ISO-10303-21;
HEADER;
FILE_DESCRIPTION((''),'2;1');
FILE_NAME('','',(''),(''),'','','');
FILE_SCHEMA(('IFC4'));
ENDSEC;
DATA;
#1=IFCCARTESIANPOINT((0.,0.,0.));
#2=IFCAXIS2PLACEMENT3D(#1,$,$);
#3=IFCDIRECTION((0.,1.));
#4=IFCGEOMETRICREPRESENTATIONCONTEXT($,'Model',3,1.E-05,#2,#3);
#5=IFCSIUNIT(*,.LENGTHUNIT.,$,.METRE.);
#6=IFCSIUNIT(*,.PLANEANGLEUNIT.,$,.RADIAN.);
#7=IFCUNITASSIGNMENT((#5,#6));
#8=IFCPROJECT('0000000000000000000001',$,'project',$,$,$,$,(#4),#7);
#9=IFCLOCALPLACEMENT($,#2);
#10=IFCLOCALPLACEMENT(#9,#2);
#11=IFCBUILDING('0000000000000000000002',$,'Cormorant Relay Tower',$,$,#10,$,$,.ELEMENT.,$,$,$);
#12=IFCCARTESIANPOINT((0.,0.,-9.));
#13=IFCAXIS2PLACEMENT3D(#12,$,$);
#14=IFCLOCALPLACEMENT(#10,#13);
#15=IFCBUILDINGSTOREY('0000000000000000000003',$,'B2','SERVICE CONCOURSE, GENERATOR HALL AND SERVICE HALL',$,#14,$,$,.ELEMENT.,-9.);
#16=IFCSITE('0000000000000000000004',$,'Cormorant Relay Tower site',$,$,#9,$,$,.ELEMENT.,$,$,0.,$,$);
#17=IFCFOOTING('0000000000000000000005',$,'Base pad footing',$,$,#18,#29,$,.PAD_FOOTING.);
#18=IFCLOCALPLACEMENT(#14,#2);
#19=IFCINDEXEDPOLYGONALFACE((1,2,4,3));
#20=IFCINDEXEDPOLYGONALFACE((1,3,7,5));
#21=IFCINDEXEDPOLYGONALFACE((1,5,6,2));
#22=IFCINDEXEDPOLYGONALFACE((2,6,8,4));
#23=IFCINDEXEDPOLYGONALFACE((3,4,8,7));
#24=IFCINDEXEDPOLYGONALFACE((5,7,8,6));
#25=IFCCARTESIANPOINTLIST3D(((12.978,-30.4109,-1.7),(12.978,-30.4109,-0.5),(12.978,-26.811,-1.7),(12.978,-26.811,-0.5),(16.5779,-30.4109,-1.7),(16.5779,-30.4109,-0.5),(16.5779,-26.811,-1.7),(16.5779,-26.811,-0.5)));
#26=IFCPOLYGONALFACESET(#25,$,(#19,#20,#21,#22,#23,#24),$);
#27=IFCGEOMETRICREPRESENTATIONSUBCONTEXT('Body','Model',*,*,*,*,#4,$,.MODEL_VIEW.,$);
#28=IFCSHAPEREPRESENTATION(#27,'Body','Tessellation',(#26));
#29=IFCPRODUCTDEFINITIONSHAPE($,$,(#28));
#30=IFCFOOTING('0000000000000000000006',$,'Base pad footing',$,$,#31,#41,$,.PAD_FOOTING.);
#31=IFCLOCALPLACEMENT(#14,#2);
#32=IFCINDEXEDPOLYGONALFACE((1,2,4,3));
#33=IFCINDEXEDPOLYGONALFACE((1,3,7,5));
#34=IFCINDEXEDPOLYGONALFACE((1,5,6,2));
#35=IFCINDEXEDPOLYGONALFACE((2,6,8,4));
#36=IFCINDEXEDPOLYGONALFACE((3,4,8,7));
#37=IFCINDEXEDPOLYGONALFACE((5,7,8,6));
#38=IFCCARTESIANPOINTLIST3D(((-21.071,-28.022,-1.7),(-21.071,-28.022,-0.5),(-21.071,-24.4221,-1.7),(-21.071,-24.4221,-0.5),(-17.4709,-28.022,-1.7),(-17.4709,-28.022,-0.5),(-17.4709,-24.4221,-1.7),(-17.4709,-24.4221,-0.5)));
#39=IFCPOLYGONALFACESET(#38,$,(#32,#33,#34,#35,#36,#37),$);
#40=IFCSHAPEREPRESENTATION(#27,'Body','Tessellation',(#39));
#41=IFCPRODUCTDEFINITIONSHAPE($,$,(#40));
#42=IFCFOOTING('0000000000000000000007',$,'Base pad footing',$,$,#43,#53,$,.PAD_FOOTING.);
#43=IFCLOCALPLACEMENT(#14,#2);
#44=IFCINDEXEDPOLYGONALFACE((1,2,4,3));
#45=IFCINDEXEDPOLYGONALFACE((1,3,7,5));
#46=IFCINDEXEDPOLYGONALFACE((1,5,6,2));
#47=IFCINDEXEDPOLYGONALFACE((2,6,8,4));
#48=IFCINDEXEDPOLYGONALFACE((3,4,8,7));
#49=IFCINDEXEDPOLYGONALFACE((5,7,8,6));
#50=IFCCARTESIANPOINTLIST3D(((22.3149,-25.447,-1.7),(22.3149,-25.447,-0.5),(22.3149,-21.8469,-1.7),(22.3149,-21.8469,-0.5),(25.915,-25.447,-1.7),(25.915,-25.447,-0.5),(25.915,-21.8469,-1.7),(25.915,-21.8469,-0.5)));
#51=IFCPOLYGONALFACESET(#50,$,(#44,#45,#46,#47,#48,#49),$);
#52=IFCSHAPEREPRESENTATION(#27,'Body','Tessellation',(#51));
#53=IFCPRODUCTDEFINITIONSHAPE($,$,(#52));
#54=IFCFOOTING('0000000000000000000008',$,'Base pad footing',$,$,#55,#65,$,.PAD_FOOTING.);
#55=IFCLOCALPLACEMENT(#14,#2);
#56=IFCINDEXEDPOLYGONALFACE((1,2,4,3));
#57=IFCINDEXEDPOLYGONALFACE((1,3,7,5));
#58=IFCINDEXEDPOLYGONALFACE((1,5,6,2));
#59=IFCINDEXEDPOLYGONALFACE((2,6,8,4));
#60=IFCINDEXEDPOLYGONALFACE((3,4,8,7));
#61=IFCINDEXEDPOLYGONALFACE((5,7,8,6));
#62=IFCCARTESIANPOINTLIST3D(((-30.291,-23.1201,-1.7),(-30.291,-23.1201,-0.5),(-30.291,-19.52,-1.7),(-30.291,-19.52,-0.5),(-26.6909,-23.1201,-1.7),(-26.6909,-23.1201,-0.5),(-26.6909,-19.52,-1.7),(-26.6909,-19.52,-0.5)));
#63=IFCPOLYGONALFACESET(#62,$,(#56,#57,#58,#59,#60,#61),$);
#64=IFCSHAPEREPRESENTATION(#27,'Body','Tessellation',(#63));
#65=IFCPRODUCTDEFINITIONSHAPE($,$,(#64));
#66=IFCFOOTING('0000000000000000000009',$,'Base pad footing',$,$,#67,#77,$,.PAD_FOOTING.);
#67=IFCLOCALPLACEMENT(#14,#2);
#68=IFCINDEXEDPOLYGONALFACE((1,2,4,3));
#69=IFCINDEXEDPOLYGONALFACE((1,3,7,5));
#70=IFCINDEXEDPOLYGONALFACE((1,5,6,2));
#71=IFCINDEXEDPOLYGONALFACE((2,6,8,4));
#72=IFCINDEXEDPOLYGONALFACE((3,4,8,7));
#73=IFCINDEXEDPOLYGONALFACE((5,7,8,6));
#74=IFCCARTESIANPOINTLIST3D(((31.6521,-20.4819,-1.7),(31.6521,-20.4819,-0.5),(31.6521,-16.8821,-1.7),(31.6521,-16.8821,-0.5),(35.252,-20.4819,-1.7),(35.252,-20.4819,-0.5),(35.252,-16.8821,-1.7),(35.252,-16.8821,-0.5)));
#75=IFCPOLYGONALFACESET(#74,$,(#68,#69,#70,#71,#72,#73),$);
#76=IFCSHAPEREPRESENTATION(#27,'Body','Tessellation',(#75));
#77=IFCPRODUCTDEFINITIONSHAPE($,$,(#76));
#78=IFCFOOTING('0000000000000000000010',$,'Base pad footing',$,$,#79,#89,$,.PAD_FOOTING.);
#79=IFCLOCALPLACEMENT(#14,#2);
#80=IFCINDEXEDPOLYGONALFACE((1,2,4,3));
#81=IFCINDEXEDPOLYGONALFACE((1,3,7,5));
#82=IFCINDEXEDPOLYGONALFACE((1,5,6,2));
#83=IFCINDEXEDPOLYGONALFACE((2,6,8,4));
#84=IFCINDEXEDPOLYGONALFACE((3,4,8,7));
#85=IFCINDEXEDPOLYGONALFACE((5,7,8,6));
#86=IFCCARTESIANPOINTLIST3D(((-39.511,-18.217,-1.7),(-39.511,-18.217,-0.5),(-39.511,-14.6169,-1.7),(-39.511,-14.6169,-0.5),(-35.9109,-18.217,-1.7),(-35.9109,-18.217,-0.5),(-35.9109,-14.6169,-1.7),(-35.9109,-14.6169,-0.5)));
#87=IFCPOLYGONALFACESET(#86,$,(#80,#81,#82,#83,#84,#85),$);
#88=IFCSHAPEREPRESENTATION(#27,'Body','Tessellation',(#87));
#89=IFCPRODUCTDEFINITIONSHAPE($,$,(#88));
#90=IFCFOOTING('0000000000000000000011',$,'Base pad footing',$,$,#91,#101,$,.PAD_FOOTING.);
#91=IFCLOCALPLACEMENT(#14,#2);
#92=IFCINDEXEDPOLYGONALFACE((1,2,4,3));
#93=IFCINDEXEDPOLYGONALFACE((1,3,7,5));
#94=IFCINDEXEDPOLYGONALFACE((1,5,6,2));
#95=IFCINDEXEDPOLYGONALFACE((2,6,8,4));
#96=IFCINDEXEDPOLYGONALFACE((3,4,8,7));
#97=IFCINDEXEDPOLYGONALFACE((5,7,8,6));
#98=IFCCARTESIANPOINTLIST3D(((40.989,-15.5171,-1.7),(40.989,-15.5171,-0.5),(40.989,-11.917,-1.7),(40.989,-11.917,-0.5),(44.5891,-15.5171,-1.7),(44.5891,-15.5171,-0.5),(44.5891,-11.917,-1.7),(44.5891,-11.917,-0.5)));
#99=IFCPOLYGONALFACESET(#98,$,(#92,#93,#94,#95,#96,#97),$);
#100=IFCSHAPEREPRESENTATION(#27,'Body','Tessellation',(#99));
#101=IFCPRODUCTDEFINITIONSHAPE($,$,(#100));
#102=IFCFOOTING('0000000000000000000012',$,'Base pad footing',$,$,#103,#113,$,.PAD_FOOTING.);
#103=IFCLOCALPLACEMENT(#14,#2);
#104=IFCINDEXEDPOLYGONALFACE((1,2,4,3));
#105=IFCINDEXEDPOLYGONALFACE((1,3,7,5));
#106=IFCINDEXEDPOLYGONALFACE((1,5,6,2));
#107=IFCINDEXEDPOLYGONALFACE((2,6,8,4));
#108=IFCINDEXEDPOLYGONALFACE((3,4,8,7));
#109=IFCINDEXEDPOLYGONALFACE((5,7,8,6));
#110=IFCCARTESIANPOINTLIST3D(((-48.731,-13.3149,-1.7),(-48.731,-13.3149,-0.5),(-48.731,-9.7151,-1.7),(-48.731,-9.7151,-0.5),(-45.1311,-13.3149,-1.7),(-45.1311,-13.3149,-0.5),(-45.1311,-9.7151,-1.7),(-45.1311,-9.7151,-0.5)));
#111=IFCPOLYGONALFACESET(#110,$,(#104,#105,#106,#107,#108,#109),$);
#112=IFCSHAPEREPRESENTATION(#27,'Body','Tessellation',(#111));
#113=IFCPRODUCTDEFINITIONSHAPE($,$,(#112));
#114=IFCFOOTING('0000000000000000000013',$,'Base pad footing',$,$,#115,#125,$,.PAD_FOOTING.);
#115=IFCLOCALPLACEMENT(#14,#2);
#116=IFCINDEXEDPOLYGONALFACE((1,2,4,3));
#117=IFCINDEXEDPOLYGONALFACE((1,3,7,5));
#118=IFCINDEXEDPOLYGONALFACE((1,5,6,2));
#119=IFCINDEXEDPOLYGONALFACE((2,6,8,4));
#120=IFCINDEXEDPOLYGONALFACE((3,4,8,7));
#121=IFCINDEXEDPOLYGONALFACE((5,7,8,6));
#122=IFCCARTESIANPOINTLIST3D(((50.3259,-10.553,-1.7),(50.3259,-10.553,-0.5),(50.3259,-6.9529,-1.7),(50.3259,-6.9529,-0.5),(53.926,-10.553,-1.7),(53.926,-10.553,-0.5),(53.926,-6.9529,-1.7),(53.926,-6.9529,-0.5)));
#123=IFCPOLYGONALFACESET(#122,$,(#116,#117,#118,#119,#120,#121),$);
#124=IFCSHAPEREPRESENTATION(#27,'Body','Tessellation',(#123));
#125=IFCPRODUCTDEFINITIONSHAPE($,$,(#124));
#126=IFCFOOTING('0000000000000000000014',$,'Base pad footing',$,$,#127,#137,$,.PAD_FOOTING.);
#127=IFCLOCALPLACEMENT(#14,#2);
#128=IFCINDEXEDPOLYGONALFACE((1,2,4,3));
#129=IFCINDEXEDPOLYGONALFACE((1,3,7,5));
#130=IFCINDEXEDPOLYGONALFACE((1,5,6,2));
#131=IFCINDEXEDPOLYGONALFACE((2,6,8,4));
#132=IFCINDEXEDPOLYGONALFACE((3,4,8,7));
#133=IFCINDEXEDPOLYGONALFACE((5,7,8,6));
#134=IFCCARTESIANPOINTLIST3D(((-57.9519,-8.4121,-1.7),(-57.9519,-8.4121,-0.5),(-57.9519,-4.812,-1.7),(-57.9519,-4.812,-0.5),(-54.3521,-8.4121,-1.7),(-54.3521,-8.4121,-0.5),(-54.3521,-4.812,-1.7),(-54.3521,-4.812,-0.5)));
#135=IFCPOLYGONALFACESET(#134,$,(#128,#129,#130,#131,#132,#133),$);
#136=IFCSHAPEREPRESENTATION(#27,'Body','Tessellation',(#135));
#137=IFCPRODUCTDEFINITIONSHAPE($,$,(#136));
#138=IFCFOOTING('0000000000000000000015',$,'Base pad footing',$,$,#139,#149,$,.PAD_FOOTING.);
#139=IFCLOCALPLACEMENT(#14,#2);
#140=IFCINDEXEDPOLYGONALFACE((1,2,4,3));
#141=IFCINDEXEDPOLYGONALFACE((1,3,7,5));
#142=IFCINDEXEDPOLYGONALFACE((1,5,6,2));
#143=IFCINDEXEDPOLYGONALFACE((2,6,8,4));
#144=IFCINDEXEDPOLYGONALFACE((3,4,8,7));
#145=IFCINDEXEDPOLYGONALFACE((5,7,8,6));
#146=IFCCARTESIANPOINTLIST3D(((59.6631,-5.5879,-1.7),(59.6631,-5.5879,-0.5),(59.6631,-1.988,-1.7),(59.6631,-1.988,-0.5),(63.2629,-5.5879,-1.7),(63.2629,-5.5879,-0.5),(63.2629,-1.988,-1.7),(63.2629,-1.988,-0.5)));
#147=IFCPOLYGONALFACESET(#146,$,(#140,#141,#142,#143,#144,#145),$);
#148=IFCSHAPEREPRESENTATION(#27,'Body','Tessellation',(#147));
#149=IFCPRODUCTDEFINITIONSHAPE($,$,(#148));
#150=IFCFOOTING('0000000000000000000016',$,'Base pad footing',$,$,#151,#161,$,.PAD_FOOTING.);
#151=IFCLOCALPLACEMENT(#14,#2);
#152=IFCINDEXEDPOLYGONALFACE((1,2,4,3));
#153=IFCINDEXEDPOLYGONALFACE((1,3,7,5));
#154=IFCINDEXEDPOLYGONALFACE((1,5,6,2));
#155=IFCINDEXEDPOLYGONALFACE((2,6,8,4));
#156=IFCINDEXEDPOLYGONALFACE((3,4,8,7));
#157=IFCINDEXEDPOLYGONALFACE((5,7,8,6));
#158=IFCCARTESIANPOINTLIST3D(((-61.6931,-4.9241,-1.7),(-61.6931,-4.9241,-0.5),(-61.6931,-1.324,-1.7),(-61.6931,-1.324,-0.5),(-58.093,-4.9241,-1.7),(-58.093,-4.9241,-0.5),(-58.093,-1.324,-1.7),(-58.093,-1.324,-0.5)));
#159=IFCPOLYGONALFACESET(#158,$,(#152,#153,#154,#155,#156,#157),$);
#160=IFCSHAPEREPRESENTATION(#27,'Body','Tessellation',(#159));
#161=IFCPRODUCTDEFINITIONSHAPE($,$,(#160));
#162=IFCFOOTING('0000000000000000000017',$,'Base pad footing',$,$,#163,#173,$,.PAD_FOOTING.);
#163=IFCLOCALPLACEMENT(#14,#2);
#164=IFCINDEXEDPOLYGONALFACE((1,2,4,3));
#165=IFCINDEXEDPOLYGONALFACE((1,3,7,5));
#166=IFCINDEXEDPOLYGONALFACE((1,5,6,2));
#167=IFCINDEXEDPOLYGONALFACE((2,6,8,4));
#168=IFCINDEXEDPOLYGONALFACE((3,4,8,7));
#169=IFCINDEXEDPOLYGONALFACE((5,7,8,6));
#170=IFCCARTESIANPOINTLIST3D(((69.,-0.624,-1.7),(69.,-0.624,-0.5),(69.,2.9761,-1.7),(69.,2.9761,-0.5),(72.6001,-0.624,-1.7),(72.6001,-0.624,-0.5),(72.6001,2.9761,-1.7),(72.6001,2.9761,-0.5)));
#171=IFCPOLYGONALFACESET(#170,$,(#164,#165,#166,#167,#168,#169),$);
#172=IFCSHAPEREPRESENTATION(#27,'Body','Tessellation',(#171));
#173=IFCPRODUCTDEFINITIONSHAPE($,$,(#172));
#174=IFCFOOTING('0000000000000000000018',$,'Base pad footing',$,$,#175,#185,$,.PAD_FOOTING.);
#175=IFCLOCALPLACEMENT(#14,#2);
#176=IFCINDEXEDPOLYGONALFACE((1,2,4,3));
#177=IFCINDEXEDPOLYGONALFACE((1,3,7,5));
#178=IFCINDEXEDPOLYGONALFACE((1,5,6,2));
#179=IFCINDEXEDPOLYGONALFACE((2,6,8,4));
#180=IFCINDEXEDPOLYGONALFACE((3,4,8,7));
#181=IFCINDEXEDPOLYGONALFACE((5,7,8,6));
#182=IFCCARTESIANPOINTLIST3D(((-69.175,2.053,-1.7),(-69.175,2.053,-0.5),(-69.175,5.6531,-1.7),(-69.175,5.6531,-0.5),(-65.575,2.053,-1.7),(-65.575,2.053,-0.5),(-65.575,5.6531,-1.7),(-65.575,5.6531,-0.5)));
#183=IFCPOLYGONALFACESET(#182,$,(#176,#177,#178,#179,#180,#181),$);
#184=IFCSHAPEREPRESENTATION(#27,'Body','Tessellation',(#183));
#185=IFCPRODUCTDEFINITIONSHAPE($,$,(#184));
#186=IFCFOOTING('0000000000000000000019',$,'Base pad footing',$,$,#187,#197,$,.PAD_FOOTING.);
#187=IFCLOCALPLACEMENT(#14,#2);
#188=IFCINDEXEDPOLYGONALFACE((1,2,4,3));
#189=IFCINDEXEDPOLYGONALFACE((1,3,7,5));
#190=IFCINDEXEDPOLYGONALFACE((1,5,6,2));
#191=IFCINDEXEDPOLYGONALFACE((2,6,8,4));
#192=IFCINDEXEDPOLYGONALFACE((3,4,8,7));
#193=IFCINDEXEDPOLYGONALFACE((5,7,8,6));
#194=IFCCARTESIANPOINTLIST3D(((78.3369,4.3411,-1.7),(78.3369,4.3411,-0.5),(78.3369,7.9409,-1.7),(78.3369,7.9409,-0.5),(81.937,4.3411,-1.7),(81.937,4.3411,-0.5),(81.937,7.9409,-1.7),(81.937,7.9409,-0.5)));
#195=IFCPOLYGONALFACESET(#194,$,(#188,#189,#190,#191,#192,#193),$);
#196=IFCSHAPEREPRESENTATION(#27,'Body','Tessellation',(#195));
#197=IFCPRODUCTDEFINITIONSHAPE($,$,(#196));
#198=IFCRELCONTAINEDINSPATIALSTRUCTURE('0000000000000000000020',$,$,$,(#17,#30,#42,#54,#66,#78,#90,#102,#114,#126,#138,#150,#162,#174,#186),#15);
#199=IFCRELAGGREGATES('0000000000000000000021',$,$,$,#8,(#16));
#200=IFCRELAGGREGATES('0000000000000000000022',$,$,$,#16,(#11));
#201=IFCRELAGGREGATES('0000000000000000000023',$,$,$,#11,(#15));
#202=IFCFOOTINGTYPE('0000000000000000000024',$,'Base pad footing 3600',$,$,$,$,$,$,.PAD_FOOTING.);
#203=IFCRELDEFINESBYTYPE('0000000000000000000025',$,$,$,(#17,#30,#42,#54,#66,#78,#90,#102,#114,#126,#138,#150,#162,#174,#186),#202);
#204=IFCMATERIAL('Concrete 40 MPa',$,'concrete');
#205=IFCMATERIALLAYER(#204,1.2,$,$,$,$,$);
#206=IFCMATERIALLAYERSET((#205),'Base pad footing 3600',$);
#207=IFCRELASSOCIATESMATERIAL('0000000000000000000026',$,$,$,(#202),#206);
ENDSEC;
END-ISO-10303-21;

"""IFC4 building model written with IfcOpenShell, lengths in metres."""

from ifc_helpers import new_model, si_unit, direction, frame, origin, place, context, subcontext, project, spatial, polyline, outline, extrude, material, layer, layer_set, type_object, element, save


model = new_model("IFC4")

# Units and contexts
model_context = context("Model", 3, precision=1e-05, world=origin(), true_north=direction((0.0, 1.0)))
body_context = subcontext(model_context, "Body", "Model", "MODEL_VIEW")
ifc_project = project(units=[si_unit("LENGTHUNIT", "METRE"), si_unit("PLANEANGLEUNIT", "RADIAN")], contexts=[model_context])

# Site, building, storey
site_placement = place(None, origin())
site = spatial("IfcSite", under=ifc_project, at=site_placement, Name="Cormorant Relay Tower site", CompositionType="ELEMENT", RefElevation=0.0)
building_placement = place(site_placement, origin())
building = spatial("IfcBuilding", under=site, at=building_placement, Name="Cormorant Relay Tower", CompositionType="ELEMENT")
storey_placement = place(building_placement, frame((0.0, 0.0, -9.0)))
storey = spatial("IfcBuildingStorey", under=building, at=storey_placement, Name="B2", Description="SERVICE CONCOURSE, GENERATOR HALL AND SERVICE HALL", CompositionType="ELEMENT", Elevation=-9.0)

# Footings
ifc_material_1 = material(Name="Concrete 40 MPa", Category="concrete")
ifc_layer_1 = layer(ifc_material_1, 1.2)
ifc_layer_set_1 = layer_set([ifc_layer_1], Name="Base pad footing 3600")
footing_type = type_object("IfcFootingType", Name="Base pad footing 3600", PredefinedType="PAD_FOOTING", material=ifc_layer_set_1)
footing_1_placement = place(storey_placement, frame((0.0, 0.0, -1.7)))
element("IfcFooting", 1, at=footing_1_placement, inside=storey, type_object=footing_type, Name="Base pad footing", PredefinedType="PAD_FOOTING", context=body_context, shape_type="SweptSolid", body=[
    extrude(outline(polyline([(12.978, -30.4109), (16.5779, -30.4109), (16.5779, -26.811), (12.978, -26.811), (12.978, -30.4109)])), origin(), (0.0, 0.0, 1.0), 1.2),
])
footing_2_placement = place(storey_placement, frame((0.0, 0.0, -1.7)))
element("IfcFooting", 2, at=footing_2_placement, inside=storey, type_object=footing_type, Name="Base pad footing", PredefinedType="PAD_FOOTING", context=body_context, shape_type="SweptSolid", body=[
    extrude(outline(polyline([(-21.071, -28.022), (-17.4709, -28.022), (-17.4709, -24.4221), (-21.071, -24.4221), (-21.071, -28.022)])), origin(), (0.0, 0.0, 1.0), 1.2),
])
footing_3_placement = place(storey_placement, frame((0.0, 0.0, -1.7)))
element("IfcFooting", 3, at=footing_3_placement, inside=storey, type_object=footing_type, Name="Base pad footing", PredefinedType="PAD_FOOTING", context=body_context, shape_type="SweptSolid", body=[
    extrude(outline(polyline([(22.3149, -25.447), (25.915, -25.447), (25.915, -21.8469), (22.3149, -21.8469), (22.3149, -25.447)])), origin(), (0.0, 0.0, 1.0), 1.2),
])
footing_4_placement = place(storey_placement, frame((0.0, 0.0, -1.7)))
element("IfcFooting", 4, at=footing_4_placement, inside=storey, type_object=footing_type, Name="Base pad footing", PredefinedType="PAD_FOOTING", context=body_context, shape_type="SweptSolid", body=[
    extrude(outline(polyline([(-30.291, -23.1201), (-26.6909, -23.1201), (-26.6909, -19.52), (-30.291, -19.52), (-30.291, -23.1201)])), origin(), (0.0, 0.0, 1.0), 1.2),
])
footing_5_placement = place(storey_placement, frame((0.0, 0.0, -1.7)))
element("IfcFooting", 5, at=footing_5_placement, inside=storey, type_object=footing_type, Name="Base pad footing", PredefinedType="PAD_FOOTING", context=body_context, shape_type="SweptSolid", body=[
    extrude(outline(polyline([(31.6521, -20.4819), (35.252, -20.4819), (35.252, -16.8821), (31.6521, -16.8821), (31.6521, -20.4819)])), origin(), (0.0, 0.0, 1.0), 1.2),
])
footing_6_placement = place(storey_placement, frame((0.0, 0.0, -1.7)))
element("IfcFooting", 6, at=footing_6_placement, inside=storey, type_object=footing_type, Name="Base pad footing", PredefinedType="PAD_FOOTING", context=body_context, shape_type="SweptSolid", body=[
    extrude(outline(polyline([(-39.511, -18.217), (-35.9109, -18.217), (-35.9109, -14.6169), (-39.511, -14.6169), (-39.511, -18.217)])), origin(), (0.0, 0.0, 1.0), 1.2),
])
footing_7_placement = place(storey_placement, frame((0.0, 0.0, -1.7)))
element("IfcFooting", 7, at=footing_7_placement, inside=storey, type_object=footing_type, Name="Base pad footing", PredefinedType="PAD_FOOTING", context=body_context, shape_type="SweptSolid", body=[
    extrude(outline(polyline([(40.989, -15.5171), (44.5891, -15.5171), (44.5891, -11.917), (40.989, -11.917), (40.989, -15.5171)])), origin(), (0.0, 0.0, 1.0), 1.2),
])
footing_8_placement = place(storey_placement, frame((0.0, 0.0, -1.7)))
element("IfcFooting", 8, at=footing_8_placement, inside=storey, type_object=footing_type, Name="Base pad footing", PredefinedType="PAD_FOOTING", context=body_context, shape_type="SweptSolid", body=[
    extrude(outline(polyline([(-48.731, -13.3149), (-45.1311, -13.3149), (-45.1311, -9.7151), (-48.731, -9.7151), (-48.731, -13.3149)])), origin(), (0.0, 0.0, 1.0), 1.2),
])
footing_9_placement = place(storey_placement, frame((0.0, 0.0, -1.7)))
element("IfcFooting", 9, at=footing_9_placement, inside=storey, type_object=footing_type, Name="Base pad footing", PredefinedType="PAD_FOOTING", context=body_context, shape_type="SweptSolid", body=[
    extrude(outline(polyline([(50.3259, -10.553), (53.926, -10.553), (53.926, -6.9529), (50.3259, -6.9529), (50.3259, -10.553)])), origin(), (0.0, 0.0, 1.0), 1.2),
])
footing_10_placement = place(storey_placement, frame((0.0, 0.0, -1.7)))
element("IfcFooting", 10, at=footing_10_placement, inside=storey, type_object=footing_type, Name="Base pad footing", PredefinedType="PAD_FOOTING", context=body_context, shape_type="SweptSolid", body=[
    extrude(outline(polyline([(-57.9519, -8.4121), (-54.3521, -8.4121), (-54.3521, -4.812), (-57.9519, -4.812), (-57.9519, -8.4121)])), origin(), (0.0, 0.0, 1.0), 1.2),
])
footing_11_placement = place(storey_placement, frame((0.0, 0.0, -1.7)))
element("IfcFooting", 11, at=footing_11_placement, inside=storey, type_object=footing_type, Name="Base pad footing", PredefinedType="PAD_FOOTING", context=body_context, shape_type="SweptSolid", body=[
    extrude(outline(polyline([(59.6631, -5.5879), (63.2629, -5.5879), (63.2629, -1.988), (59.6631, -1.988), (59.6631, -5.5879)])), origin(), (0.0, 0.0, 1.0), 1.2),
])
footing_12_placement = place(storey_placement, frame((0.0, 0.0, -1.7)))
element("IfcFooting", 12, at=footing_12_placement, inside=storey, type_object=footing_type, Name="Base pad footing", PredefinedType="PAD_FOOTING", context=body_context, shape_type="SweptSolid", body=[
    extrude(outline(polyline([(-61.6931, -4.9241), (-58.093, -4.9241), (-58.093, -1.324), (-61.6931, -1.324), (-61.6931, -4.9241)])), origin(), (0.0, 0.0, 1.0), 1.2),
])
footing_13_placement = place(storey_placement, frame((0.0, 0.0, -1.7)))
element("IfcFooting", 13, at=footing_13_placement, inside=storey, type_object=footing_type, Name="Base pad footing", PredefinedType="PAD_FOOTING", context=body_context, shape_type="SweptSolid", body=[
    extrude(outline(polyline([(69.0, -0.624), (72.6001, -0.624), (72.6001, 2.9761), (69.0, 2.9761), (69.0, -0.624)])), origin(), (0.0, 0.0, 1.0), 1.2),
])
footing_14_placement = place(storey_placement, frame((0.0, 0.0, -1.7)))
element("IfcFooting", 14, at=footing_14_placement, inside=storey, type_object=footing_type, Name="Base pad footing", PredefinedType="PAD_FOOTING", context=body_context, shape_type="SweptSolid", body=[
    extrude(outline(polyline([(-69.175, 2.053), (-65.575, 2.053), (-65.575, 5.6531), (-69.175, 5.6531), (-69.175, 2.053)])), origin(), (0.0, 0.0, 1.0), 1.2),
])
footing_15_placement = place(storey_placement, frame((0.0, 0.0, -1.7)))
element("IfcFooting", 15, at=footing_15_placement, inside=storey, type_object=footing_type, Name="Base pad footing", PredefinedType="PAD_FOOTING", context=body_context, shape_type="SweptSolid", body=[
    extrude(outline(polyline([(78.3369, 4.3411), (81.937, 4.3411), (81.937, 7.9409), (78.3369, 7.9409), (78.3369, 4.3411)])), origin(), (0.0, 0.0, 1.0), 1.2),
])

save(model, "model.ifc")
